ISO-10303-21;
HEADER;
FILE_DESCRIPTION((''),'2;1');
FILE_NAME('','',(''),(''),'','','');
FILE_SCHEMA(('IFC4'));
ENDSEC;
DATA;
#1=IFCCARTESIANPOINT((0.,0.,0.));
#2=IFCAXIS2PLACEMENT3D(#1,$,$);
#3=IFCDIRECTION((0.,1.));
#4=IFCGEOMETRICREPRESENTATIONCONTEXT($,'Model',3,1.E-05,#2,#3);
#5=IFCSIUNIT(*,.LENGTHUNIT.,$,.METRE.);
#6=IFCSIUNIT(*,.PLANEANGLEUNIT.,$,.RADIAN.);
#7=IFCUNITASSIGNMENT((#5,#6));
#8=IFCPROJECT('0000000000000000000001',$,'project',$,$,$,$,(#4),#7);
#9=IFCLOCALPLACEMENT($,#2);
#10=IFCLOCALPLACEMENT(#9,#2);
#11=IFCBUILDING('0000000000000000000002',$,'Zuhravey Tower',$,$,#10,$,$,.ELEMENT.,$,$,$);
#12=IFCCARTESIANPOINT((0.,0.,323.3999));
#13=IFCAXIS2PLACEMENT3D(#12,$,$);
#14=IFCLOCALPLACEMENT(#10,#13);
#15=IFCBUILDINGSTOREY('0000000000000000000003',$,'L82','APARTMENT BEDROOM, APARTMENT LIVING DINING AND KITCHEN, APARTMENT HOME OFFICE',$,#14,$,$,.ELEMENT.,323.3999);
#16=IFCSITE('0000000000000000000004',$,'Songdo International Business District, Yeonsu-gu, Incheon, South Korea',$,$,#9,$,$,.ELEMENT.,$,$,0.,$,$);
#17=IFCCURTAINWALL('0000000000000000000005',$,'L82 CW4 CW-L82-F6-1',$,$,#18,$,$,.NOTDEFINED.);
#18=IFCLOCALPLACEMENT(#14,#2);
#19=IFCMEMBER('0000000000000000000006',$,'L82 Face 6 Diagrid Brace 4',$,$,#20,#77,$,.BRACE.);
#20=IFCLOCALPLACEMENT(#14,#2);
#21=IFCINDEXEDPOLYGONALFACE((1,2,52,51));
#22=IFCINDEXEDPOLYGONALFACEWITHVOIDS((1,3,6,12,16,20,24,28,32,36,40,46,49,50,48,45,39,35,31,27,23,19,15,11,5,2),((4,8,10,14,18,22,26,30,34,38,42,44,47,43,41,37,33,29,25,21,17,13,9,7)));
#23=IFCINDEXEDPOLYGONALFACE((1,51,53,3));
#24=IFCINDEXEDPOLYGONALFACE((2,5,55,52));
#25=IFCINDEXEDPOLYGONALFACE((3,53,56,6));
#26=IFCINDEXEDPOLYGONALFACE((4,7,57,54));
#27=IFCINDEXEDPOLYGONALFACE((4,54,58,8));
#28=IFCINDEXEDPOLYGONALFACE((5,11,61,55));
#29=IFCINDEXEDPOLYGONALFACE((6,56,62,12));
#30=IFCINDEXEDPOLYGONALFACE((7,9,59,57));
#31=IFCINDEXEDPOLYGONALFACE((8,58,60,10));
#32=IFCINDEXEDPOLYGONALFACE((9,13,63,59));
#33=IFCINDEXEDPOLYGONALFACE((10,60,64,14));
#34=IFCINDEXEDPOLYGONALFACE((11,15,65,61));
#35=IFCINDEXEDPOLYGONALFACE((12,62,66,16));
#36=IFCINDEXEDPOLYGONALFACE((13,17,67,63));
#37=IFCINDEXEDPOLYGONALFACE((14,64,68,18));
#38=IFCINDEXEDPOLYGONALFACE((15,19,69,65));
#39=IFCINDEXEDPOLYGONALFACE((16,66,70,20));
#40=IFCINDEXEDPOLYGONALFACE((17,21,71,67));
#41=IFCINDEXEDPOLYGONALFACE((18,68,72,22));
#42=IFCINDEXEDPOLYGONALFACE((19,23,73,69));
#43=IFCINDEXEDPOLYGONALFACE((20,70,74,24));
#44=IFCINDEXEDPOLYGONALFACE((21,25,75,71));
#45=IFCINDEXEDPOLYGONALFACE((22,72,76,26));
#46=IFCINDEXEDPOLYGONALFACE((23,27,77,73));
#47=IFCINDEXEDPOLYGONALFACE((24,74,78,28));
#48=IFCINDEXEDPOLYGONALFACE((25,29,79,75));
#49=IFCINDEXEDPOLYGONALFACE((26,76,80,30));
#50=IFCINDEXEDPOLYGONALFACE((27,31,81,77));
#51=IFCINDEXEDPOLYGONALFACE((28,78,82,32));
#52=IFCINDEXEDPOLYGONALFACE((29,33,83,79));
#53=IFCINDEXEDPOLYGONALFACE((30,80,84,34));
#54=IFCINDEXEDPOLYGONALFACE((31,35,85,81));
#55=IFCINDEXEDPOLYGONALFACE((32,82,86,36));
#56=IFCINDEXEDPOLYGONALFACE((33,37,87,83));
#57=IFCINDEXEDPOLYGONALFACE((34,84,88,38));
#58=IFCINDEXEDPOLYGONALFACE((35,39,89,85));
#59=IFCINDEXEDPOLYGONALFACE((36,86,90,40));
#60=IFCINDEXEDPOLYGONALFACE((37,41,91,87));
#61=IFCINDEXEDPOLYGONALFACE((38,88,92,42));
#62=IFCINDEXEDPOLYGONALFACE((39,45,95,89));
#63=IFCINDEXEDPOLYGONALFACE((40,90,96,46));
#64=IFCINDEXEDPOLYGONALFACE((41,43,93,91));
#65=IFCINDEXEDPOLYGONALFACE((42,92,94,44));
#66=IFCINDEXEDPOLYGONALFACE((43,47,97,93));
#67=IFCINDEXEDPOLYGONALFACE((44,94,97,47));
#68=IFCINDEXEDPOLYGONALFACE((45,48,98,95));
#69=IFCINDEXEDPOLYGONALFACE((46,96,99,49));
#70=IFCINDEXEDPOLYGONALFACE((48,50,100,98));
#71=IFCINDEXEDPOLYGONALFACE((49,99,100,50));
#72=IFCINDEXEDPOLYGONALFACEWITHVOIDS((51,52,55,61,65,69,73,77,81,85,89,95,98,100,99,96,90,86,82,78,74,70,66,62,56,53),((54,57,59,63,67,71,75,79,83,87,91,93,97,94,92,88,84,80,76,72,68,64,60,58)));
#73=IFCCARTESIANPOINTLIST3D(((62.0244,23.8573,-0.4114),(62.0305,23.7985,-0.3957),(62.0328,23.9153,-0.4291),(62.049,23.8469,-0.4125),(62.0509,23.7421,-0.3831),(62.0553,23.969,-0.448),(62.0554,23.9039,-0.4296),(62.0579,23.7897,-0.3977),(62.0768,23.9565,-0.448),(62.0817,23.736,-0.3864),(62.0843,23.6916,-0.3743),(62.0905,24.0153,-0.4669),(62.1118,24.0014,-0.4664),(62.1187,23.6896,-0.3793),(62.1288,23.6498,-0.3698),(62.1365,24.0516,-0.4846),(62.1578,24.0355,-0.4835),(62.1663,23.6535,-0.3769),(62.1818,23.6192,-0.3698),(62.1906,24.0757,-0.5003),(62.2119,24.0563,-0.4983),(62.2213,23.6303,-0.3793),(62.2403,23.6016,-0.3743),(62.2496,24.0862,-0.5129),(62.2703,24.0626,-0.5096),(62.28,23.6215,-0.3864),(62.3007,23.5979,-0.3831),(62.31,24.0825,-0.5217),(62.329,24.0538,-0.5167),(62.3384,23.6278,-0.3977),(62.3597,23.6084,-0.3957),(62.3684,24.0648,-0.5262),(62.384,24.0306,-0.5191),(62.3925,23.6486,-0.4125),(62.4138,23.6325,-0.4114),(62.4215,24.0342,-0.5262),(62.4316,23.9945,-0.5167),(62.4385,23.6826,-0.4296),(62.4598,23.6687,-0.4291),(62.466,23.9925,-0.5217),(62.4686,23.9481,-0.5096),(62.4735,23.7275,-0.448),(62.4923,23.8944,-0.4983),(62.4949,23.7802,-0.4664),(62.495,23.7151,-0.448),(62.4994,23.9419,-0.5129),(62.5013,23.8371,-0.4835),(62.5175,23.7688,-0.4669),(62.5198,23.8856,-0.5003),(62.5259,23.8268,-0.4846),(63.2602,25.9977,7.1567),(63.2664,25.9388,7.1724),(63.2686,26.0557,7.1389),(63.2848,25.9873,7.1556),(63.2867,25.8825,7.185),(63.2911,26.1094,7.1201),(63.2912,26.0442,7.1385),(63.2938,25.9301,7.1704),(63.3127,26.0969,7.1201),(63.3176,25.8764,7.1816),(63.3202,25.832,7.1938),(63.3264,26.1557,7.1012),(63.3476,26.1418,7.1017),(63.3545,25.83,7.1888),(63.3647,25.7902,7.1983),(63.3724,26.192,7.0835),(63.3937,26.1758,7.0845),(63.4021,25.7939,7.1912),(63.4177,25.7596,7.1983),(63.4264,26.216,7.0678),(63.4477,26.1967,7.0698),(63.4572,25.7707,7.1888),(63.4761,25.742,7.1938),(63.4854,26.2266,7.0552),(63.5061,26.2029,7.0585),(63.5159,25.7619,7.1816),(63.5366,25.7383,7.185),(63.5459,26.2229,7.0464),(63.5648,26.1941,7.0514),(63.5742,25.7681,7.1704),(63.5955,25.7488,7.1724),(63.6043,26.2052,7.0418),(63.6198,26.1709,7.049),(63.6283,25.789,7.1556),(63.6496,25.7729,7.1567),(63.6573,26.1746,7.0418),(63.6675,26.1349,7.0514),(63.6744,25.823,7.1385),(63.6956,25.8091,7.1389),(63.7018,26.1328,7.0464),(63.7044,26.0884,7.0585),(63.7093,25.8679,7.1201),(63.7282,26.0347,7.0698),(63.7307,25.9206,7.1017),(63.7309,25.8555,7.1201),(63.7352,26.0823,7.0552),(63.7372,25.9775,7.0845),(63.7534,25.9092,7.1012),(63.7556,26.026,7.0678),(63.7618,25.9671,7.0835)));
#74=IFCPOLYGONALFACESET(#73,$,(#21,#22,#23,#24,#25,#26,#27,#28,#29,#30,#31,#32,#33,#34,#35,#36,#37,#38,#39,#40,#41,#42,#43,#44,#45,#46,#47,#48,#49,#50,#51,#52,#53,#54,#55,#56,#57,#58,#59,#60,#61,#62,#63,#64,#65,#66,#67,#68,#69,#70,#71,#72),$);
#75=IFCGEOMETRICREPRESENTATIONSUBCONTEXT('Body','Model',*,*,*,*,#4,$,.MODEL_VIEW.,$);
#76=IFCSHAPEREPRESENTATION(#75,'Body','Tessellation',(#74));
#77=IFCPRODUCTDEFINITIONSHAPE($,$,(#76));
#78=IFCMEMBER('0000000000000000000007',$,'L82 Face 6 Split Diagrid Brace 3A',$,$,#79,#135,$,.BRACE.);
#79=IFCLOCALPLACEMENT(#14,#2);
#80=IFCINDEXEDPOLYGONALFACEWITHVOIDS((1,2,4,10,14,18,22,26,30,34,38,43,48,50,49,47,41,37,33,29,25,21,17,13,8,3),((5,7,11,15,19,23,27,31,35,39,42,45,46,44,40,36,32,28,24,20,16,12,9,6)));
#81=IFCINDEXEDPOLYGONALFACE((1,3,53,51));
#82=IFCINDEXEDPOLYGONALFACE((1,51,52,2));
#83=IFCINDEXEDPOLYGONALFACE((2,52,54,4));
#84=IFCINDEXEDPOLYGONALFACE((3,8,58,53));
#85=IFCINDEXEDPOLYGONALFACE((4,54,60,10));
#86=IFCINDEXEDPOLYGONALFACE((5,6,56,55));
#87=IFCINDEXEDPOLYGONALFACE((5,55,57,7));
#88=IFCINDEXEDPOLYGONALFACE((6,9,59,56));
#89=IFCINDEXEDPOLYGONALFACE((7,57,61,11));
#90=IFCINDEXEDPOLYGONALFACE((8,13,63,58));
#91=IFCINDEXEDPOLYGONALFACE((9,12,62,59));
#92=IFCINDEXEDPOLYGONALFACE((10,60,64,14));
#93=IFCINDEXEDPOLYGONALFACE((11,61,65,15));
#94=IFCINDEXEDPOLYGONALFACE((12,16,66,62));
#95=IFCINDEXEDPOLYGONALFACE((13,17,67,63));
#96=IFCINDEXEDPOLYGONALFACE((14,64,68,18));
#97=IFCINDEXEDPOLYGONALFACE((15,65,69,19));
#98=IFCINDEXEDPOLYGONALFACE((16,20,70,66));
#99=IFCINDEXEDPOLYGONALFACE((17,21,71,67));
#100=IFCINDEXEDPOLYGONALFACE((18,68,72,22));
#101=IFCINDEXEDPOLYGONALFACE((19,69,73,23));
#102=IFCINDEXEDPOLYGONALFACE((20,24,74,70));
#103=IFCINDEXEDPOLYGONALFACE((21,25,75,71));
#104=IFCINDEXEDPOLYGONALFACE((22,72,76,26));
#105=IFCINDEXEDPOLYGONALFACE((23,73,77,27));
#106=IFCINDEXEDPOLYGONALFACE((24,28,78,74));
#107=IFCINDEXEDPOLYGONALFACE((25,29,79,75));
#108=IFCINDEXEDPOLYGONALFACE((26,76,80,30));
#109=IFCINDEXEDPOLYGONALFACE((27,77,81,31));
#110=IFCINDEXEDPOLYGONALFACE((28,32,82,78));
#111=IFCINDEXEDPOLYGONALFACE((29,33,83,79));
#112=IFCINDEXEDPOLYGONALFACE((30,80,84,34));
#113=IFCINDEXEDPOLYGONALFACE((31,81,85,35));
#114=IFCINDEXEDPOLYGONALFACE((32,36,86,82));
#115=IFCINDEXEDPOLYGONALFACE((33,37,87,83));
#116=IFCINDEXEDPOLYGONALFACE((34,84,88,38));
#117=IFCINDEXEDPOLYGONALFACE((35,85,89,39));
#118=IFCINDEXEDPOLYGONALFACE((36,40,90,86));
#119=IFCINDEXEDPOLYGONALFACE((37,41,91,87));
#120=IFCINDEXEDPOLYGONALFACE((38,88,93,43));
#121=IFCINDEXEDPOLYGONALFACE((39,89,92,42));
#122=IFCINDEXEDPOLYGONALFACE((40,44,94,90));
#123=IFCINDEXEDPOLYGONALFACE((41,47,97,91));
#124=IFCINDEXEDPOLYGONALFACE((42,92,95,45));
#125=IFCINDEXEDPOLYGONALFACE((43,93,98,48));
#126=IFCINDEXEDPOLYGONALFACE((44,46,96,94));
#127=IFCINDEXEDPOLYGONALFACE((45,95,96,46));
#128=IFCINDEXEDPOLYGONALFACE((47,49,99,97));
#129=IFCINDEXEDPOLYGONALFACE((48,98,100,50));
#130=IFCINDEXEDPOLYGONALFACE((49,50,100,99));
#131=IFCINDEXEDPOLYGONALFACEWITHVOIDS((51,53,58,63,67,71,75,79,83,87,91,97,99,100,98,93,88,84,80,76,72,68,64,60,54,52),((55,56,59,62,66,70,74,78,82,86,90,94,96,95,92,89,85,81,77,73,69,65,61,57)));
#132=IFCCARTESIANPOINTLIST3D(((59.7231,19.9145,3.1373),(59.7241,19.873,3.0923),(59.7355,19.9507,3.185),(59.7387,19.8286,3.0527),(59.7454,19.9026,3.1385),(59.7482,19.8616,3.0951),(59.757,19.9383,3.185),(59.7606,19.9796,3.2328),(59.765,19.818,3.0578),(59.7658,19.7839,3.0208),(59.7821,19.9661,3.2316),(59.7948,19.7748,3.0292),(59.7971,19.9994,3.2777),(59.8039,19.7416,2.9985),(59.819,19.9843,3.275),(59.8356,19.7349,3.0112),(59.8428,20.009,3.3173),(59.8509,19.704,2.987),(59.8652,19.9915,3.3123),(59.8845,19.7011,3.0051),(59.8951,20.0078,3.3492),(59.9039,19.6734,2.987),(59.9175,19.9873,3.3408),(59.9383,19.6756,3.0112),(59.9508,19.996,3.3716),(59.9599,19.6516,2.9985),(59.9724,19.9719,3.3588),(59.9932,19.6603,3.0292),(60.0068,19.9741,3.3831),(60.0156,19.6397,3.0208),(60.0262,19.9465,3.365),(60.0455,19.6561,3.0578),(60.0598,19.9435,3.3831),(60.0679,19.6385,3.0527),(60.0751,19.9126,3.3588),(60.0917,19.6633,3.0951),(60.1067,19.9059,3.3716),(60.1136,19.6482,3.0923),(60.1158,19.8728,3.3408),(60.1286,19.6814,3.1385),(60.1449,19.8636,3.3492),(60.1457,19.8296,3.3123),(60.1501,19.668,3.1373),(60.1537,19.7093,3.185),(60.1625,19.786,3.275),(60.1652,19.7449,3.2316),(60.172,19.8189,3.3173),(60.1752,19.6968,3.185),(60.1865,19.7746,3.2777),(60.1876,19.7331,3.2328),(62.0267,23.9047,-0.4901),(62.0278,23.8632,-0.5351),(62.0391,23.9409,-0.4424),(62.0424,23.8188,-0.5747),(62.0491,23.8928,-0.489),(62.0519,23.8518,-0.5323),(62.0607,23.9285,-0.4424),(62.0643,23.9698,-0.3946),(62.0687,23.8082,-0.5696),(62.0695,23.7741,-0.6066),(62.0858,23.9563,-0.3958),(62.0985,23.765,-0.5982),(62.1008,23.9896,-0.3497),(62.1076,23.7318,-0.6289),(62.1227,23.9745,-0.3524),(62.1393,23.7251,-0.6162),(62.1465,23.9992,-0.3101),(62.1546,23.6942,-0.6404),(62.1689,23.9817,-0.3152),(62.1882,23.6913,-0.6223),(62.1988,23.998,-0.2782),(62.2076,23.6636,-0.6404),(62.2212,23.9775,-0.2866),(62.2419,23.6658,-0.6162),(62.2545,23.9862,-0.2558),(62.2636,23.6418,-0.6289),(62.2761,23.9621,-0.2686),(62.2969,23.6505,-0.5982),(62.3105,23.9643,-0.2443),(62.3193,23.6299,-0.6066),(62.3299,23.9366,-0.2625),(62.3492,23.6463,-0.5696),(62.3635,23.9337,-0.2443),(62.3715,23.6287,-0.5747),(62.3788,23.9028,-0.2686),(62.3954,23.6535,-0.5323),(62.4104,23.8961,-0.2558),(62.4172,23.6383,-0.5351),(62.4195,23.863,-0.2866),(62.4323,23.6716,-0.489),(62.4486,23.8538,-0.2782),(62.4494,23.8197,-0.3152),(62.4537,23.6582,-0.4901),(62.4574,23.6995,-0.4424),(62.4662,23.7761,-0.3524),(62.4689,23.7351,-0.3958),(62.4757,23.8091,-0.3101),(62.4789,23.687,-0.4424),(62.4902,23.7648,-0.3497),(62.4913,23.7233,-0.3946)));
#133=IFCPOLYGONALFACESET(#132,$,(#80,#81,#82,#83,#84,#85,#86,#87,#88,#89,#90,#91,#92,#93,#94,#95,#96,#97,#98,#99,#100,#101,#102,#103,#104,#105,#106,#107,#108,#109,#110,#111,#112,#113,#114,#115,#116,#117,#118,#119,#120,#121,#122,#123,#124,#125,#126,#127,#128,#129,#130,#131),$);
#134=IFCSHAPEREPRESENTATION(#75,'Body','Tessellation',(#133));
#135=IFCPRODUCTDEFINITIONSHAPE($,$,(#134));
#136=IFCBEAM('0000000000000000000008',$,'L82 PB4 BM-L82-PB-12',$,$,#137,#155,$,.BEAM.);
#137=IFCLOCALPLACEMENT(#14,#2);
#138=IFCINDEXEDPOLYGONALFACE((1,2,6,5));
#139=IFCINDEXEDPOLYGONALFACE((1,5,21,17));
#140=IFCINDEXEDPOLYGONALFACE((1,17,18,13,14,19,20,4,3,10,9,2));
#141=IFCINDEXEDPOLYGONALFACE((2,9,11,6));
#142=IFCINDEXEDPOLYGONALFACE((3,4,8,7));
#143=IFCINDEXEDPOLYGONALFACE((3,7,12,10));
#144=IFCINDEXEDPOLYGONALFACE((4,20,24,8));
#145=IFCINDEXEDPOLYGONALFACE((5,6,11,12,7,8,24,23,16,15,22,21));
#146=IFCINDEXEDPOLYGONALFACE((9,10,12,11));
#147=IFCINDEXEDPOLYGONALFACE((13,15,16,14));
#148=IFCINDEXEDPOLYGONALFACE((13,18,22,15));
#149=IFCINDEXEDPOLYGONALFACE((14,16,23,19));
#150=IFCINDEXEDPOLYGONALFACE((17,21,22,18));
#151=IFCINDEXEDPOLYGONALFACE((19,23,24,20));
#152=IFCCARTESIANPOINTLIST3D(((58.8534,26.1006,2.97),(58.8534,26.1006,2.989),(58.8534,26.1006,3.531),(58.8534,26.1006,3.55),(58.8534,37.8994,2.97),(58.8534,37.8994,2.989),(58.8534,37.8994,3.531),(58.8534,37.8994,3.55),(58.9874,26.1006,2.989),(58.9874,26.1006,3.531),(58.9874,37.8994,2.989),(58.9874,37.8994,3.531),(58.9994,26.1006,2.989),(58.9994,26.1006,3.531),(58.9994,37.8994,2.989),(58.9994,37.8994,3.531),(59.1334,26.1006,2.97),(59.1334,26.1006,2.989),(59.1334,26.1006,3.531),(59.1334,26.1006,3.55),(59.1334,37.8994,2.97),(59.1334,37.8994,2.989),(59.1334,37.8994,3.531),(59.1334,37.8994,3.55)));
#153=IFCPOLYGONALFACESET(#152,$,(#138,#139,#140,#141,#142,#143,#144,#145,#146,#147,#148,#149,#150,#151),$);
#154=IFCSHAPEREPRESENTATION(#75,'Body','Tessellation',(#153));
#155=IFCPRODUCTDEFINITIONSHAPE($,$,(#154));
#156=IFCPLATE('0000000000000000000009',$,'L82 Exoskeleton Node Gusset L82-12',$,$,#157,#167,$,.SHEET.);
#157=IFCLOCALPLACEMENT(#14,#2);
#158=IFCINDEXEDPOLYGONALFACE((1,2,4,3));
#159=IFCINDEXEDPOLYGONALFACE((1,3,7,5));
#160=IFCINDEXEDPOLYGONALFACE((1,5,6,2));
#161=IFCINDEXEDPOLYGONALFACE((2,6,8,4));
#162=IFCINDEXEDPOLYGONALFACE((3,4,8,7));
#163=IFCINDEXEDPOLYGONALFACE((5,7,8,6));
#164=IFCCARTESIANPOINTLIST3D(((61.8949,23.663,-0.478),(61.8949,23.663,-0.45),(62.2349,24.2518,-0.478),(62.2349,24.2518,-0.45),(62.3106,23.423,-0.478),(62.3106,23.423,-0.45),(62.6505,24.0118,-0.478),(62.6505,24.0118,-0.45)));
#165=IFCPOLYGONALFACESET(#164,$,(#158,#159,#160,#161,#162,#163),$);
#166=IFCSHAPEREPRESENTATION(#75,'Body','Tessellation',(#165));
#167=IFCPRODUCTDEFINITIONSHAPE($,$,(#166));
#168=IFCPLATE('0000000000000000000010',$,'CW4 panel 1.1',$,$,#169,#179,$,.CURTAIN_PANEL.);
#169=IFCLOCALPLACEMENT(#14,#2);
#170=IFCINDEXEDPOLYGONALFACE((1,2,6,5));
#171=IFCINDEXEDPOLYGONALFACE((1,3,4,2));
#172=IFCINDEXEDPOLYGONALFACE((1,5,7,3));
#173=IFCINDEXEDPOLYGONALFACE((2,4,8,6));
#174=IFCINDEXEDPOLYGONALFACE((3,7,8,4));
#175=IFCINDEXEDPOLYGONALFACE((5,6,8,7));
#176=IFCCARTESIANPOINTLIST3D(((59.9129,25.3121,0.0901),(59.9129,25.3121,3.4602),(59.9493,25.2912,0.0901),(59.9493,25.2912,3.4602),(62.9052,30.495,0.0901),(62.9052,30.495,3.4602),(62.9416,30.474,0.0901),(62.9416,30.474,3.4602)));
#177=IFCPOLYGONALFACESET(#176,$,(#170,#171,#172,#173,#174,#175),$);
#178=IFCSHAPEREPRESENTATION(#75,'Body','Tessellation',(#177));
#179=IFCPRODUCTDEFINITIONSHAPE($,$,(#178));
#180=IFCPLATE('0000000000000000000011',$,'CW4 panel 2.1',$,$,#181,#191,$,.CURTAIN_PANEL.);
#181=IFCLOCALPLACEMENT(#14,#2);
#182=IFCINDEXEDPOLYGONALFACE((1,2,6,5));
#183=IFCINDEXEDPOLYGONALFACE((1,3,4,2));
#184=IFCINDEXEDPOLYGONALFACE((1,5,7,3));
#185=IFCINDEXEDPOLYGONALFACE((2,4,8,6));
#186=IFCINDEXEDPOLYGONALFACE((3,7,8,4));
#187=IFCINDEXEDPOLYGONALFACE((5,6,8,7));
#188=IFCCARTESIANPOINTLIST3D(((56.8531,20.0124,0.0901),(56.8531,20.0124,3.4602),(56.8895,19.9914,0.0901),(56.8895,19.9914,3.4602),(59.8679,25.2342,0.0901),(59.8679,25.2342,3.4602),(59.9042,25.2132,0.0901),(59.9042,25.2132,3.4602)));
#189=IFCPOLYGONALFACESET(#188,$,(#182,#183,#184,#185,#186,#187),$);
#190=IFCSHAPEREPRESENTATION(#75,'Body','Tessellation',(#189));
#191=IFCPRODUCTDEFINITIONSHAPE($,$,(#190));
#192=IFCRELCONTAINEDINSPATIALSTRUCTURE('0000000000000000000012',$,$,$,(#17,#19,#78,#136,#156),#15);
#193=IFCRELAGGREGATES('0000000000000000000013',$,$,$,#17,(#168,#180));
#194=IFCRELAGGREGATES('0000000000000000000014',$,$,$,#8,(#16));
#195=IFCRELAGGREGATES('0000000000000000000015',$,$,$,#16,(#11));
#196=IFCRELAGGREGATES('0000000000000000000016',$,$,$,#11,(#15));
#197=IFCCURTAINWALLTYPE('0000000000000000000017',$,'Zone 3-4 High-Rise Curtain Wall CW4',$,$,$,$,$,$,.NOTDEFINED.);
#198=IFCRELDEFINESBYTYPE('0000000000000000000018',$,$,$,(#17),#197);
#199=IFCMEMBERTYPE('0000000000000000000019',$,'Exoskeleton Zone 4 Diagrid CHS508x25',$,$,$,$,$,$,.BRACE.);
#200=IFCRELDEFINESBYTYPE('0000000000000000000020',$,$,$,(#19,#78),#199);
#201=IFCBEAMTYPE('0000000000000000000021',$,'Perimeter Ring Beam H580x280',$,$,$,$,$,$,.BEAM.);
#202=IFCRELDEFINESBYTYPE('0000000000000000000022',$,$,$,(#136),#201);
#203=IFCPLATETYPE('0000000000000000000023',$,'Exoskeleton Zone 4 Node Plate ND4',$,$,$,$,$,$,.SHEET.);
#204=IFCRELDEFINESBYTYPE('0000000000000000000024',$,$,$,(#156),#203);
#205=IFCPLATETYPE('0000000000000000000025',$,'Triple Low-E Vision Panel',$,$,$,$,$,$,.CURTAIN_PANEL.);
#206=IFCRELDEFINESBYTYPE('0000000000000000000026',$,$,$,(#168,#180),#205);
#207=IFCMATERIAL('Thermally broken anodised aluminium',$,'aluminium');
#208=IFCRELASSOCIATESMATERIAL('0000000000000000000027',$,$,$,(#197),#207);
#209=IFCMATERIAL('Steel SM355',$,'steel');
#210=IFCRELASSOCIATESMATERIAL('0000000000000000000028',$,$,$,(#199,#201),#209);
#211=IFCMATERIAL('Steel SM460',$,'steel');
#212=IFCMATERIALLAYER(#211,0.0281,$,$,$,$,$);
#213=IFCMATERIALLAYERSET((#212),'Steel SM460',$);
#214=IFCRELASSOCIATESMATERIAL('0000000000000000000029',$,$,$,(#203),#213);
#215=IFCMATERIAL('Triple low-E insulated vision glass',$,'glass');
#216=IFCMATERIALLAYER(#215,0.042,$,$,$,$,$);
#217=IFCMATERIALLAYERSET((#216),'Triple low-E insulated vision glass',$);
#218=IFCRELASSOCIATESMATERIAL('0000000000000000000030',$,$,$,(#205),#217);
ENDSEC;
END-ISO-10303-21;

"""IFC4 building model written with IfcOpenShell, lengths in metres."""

from ifc_helpers import new_model, si_unit, direction, frame, origin, origin_2d, place, context, subcontext, project, spatial, rectangle, hollow_circle, i_section, extrude, material, layer, layer_set, material_profile, profile_set, type_object, element, aggregate, save


model = new_model("IFC4")

# Units and contexts
model_context = context("Model", 3, precision=1e-05, world=origin(), true_north=direction((0.0, 1.0)))
body_context = subcontext(model_context, "Body", "Model", "MODEL_VIEW")
ifc_project = project(units=[si_unit("LENGTHUNIT", "METRE"), si_unit("PLANEANGLEUNIT", "RADIAN")], contexts=[model_context])

# Site, building, storey
site_placement = place(None, origin())
site = spatial("IfcSite", under=ifc_project, at=site_placement, Name="Songdo International Business District, Yeonsu-gu, Incheon, South Korea", CompositionType="ELEMENT", RefElevation=0.0)
building_placement = place(site_placement, origin())
building = spatial("IfcBuilding", under=site, at=building_placement, Name="Zuhravey Tower", CompositionType="ELEMENT")
storey_placement = place(building_placement, frame((0.0, 0.0, 323.3999)))
storey = spatial("IfcBuildingStorey", under=building, at=storey_placement, Name="L82", Description="APARTMENT BEDROOM, APARTMENT LIVING DINING AND KITCHEN, APARTMENT HOME OFFICE", CompositionType="ELEMENT", Elevation=323.3999)

# Curtain wall
ifc_material_1 = material(Name="Thermally broken anodised aluminium", Category="aluminium")
curtain_wall_type = type_object("IfcCurtainWallType", Name="Zone 3-4 High-Rise Curtain Wall CW4", PredefinedType="NOTDEFINED", material=ifc_material_1)
curtain_wall_placement = place(storey_placement, origin())
curtain_wall = element("IfcCurtainWall", 1, at=curtain_wall_placement, inside=storey, type_object=curtain_wall_type, Name="L82 CW4 CW-L82-F6-1", PredefinedType="NOTDEFINED")

# Members
ifc_material_2 = material(Name="Steel SM355", Category="steel")
ifc_material_profile_1 = material_profile(ifc_material_2, hollow_circle(Radius=0.2539, WallThickness=0.0249, at=origin_2d()), Name="CHS-508.0x25")
ifc_profile_set_1 = profile_set([ifc_material_profile_1], Name="Steel SM355")
member_type_1 = type_object("IfcMemberType", Name="Exoskeleton Zone 4 Diagrid CHS508x25", PredefinedType="BRACE", material=ifc_profile_set_1)
member_1_placement = place(storey_placement, frame((62.2751, 23.842, -0.448), z_axis=(0.155228, 0.268843, 0.950593), x_axis=(-0.86601, 0.500027, 0.0)))
element("IfcMember", 2, at=member_1_placement, inside=storey, type_object=member_type_1, Name="L82 Face 6 Diagrid Brace 4", PredefinedType="BRACE", context=body_context, shape_type="SweptSolid", body=[
    extrude(hollow_circle(Radius=0.2539, WallThickness=0.0249, at=origin_2d()), origin(), (0.0, 0.0, 1.0), 7.9614),
])
member_2_placement = place(storey_placement, frame((62.259, 23.814, -0.4424), z_axis=(-0.392851, -0.680454, 0.618587), x_axis=(0.86603, -0.499992, 0.0)))
element("IfcMember", 3, at=member_2_placement, inside=storey, type_object=member_type_1, Name="L82 Face 6 Split Diagrid Brace 3A", PredefinedType="BRACE", context=body_context, shape_type="SweptSolid", body=[
    extrude(hollow_circle(Radius=0.2539, WallThickness=0.0249, at=origin_2d()), origin(), (0.0, 0.0, 1.0), 5.864),
])

# Beam
ifc_material_profile_2 = material_profile(ifc_material_2, i_section(OverallWidth=0.28, OverallDepth=0.5801, WebThickness=0.012, FlangeThickness=0.019, at=origin_2d()), Name="H-580x280x12x19")
ifc_profile_set_2 = profile_set([ifc_material_profile_2], Name="Steel SM355")
beam_type = type_object("IfcBeamType", Name="Perimeter Ring Beam H580x280", PredefinedType="BEAM", material=ifc_profile_set_2)
beam_placement = place(storey_placement, frame((58.9934, 26.1006, 3.26), z_axis=(0.0, 1.0, 0.0), x_axis=(-1.0, 0.0, 0.0)))
element("IfcBeam", 4, at=beam_placement, inside=storey, type_object=beam_type, Name="L82 PB4 BM-L82-PB-12", PredefinedType="BEAM", context=body_context, shape_type="SweptSolid", body=[
    extrude(i_section(OverallWidth=0.28, OverallDepth=0.5801, WebThickness=0.012, FlangeThickness=0.019, at=origin_2d()), origin(), (0.0, 0.0, 1.0), 11.7988),
])

# Plates
ifc_material_3 = material(Name="Steel SM460", Category="steel")
ifc_layer_1 = layer(ifc_material_3, 0.0281)
ifc_layer_set_1 = layer_set([ifc_layer_1], Name="Steel SM460")
plate_type_1 = type_object("IfcPlateType", Name="Exoskeleton Zone 4 Node Plate ND4", PredefinedType="SHEET", material=ifc_layer_set_1)
plate_1_placement = place(storey_placement, frame((62.2727, 23.8374, -0.478), z_axis=(0.0, 0.0, 1.0), x_axis=(0.5, 0.866025, 0.0)))
element("IfcPlate", 5, at=plate_1_placement, inside=storey, type_object=plate_type_1, Name="L82 Exoskeleton Node Gusset L82-12", PredefinedType="SHEET", context=body_context, shape_type="SweptSolid", body=[
    extrude(rectangle(XDim=0.6799, YDim=0.48, at=origin_2d()), origin(), (0.0, 0.0, 1.0), 0.0281),
])
ifc_material_4 = material(Name="Triple low-E insulated vision glass", Category="glass")
ifc_layer_2 = layer(ifc_material_4, 0.042)
ifc_layer_set_2 = layer_set([ifc_layer_2], Name="Triple low-E insulated vision glass")
plate_type_2 = type_object("IfcPlateType", Name="Triple Low-E Vision Panel", PredefinedType="CURTAIN_PANEL", material=ifc_layer_set_2)
plate_2_placement = place(storey_placement, frame((61.4272, 27.8931, 0.0901), z_axis=(0.0, 0.0, 1.0), x_axis=(-0.5, -0.866026, 0.0)))
plate_2 = element("IfcPlate", 6, at=plate_2_placement, type_object=plate_type_2, Name="CW4 panel 1.1", PredefinedType="CURTAIN_PANEL", context=body_context, shape_type="SweptSolid", body=[
    extrude(rectangle(XDim=5.9846, YDim=0.042, at=origin_2d()), origin(), (0.0, 0.0, 1.0), 3.3701),
])
plate_3_placement = place(storey_placement, frame((58.3787, 22.6128, 0.0901), z_axis=(0.0, 0.0, 1.0), x_axis=(-0.5, -0.866026, 0.0)))
plate_3 = element("IfcPlate", 7, at=plate_3_placement, type_object=plate_type_2, Name="CW4 panel 2.1", PredefinedType="CURTAIN_PANEL", context=body_context, shape_type="SweptSolid", body=[
    extrude(rectangle(XDim=6.0295, YDim=0.042, at=origin_2d()), origin(), (0.0, 0.0, 1.0), 3.3701),
])
aggregate(curtain_wall, [plate_2, plate_3])

save(model, "model.ifc")
